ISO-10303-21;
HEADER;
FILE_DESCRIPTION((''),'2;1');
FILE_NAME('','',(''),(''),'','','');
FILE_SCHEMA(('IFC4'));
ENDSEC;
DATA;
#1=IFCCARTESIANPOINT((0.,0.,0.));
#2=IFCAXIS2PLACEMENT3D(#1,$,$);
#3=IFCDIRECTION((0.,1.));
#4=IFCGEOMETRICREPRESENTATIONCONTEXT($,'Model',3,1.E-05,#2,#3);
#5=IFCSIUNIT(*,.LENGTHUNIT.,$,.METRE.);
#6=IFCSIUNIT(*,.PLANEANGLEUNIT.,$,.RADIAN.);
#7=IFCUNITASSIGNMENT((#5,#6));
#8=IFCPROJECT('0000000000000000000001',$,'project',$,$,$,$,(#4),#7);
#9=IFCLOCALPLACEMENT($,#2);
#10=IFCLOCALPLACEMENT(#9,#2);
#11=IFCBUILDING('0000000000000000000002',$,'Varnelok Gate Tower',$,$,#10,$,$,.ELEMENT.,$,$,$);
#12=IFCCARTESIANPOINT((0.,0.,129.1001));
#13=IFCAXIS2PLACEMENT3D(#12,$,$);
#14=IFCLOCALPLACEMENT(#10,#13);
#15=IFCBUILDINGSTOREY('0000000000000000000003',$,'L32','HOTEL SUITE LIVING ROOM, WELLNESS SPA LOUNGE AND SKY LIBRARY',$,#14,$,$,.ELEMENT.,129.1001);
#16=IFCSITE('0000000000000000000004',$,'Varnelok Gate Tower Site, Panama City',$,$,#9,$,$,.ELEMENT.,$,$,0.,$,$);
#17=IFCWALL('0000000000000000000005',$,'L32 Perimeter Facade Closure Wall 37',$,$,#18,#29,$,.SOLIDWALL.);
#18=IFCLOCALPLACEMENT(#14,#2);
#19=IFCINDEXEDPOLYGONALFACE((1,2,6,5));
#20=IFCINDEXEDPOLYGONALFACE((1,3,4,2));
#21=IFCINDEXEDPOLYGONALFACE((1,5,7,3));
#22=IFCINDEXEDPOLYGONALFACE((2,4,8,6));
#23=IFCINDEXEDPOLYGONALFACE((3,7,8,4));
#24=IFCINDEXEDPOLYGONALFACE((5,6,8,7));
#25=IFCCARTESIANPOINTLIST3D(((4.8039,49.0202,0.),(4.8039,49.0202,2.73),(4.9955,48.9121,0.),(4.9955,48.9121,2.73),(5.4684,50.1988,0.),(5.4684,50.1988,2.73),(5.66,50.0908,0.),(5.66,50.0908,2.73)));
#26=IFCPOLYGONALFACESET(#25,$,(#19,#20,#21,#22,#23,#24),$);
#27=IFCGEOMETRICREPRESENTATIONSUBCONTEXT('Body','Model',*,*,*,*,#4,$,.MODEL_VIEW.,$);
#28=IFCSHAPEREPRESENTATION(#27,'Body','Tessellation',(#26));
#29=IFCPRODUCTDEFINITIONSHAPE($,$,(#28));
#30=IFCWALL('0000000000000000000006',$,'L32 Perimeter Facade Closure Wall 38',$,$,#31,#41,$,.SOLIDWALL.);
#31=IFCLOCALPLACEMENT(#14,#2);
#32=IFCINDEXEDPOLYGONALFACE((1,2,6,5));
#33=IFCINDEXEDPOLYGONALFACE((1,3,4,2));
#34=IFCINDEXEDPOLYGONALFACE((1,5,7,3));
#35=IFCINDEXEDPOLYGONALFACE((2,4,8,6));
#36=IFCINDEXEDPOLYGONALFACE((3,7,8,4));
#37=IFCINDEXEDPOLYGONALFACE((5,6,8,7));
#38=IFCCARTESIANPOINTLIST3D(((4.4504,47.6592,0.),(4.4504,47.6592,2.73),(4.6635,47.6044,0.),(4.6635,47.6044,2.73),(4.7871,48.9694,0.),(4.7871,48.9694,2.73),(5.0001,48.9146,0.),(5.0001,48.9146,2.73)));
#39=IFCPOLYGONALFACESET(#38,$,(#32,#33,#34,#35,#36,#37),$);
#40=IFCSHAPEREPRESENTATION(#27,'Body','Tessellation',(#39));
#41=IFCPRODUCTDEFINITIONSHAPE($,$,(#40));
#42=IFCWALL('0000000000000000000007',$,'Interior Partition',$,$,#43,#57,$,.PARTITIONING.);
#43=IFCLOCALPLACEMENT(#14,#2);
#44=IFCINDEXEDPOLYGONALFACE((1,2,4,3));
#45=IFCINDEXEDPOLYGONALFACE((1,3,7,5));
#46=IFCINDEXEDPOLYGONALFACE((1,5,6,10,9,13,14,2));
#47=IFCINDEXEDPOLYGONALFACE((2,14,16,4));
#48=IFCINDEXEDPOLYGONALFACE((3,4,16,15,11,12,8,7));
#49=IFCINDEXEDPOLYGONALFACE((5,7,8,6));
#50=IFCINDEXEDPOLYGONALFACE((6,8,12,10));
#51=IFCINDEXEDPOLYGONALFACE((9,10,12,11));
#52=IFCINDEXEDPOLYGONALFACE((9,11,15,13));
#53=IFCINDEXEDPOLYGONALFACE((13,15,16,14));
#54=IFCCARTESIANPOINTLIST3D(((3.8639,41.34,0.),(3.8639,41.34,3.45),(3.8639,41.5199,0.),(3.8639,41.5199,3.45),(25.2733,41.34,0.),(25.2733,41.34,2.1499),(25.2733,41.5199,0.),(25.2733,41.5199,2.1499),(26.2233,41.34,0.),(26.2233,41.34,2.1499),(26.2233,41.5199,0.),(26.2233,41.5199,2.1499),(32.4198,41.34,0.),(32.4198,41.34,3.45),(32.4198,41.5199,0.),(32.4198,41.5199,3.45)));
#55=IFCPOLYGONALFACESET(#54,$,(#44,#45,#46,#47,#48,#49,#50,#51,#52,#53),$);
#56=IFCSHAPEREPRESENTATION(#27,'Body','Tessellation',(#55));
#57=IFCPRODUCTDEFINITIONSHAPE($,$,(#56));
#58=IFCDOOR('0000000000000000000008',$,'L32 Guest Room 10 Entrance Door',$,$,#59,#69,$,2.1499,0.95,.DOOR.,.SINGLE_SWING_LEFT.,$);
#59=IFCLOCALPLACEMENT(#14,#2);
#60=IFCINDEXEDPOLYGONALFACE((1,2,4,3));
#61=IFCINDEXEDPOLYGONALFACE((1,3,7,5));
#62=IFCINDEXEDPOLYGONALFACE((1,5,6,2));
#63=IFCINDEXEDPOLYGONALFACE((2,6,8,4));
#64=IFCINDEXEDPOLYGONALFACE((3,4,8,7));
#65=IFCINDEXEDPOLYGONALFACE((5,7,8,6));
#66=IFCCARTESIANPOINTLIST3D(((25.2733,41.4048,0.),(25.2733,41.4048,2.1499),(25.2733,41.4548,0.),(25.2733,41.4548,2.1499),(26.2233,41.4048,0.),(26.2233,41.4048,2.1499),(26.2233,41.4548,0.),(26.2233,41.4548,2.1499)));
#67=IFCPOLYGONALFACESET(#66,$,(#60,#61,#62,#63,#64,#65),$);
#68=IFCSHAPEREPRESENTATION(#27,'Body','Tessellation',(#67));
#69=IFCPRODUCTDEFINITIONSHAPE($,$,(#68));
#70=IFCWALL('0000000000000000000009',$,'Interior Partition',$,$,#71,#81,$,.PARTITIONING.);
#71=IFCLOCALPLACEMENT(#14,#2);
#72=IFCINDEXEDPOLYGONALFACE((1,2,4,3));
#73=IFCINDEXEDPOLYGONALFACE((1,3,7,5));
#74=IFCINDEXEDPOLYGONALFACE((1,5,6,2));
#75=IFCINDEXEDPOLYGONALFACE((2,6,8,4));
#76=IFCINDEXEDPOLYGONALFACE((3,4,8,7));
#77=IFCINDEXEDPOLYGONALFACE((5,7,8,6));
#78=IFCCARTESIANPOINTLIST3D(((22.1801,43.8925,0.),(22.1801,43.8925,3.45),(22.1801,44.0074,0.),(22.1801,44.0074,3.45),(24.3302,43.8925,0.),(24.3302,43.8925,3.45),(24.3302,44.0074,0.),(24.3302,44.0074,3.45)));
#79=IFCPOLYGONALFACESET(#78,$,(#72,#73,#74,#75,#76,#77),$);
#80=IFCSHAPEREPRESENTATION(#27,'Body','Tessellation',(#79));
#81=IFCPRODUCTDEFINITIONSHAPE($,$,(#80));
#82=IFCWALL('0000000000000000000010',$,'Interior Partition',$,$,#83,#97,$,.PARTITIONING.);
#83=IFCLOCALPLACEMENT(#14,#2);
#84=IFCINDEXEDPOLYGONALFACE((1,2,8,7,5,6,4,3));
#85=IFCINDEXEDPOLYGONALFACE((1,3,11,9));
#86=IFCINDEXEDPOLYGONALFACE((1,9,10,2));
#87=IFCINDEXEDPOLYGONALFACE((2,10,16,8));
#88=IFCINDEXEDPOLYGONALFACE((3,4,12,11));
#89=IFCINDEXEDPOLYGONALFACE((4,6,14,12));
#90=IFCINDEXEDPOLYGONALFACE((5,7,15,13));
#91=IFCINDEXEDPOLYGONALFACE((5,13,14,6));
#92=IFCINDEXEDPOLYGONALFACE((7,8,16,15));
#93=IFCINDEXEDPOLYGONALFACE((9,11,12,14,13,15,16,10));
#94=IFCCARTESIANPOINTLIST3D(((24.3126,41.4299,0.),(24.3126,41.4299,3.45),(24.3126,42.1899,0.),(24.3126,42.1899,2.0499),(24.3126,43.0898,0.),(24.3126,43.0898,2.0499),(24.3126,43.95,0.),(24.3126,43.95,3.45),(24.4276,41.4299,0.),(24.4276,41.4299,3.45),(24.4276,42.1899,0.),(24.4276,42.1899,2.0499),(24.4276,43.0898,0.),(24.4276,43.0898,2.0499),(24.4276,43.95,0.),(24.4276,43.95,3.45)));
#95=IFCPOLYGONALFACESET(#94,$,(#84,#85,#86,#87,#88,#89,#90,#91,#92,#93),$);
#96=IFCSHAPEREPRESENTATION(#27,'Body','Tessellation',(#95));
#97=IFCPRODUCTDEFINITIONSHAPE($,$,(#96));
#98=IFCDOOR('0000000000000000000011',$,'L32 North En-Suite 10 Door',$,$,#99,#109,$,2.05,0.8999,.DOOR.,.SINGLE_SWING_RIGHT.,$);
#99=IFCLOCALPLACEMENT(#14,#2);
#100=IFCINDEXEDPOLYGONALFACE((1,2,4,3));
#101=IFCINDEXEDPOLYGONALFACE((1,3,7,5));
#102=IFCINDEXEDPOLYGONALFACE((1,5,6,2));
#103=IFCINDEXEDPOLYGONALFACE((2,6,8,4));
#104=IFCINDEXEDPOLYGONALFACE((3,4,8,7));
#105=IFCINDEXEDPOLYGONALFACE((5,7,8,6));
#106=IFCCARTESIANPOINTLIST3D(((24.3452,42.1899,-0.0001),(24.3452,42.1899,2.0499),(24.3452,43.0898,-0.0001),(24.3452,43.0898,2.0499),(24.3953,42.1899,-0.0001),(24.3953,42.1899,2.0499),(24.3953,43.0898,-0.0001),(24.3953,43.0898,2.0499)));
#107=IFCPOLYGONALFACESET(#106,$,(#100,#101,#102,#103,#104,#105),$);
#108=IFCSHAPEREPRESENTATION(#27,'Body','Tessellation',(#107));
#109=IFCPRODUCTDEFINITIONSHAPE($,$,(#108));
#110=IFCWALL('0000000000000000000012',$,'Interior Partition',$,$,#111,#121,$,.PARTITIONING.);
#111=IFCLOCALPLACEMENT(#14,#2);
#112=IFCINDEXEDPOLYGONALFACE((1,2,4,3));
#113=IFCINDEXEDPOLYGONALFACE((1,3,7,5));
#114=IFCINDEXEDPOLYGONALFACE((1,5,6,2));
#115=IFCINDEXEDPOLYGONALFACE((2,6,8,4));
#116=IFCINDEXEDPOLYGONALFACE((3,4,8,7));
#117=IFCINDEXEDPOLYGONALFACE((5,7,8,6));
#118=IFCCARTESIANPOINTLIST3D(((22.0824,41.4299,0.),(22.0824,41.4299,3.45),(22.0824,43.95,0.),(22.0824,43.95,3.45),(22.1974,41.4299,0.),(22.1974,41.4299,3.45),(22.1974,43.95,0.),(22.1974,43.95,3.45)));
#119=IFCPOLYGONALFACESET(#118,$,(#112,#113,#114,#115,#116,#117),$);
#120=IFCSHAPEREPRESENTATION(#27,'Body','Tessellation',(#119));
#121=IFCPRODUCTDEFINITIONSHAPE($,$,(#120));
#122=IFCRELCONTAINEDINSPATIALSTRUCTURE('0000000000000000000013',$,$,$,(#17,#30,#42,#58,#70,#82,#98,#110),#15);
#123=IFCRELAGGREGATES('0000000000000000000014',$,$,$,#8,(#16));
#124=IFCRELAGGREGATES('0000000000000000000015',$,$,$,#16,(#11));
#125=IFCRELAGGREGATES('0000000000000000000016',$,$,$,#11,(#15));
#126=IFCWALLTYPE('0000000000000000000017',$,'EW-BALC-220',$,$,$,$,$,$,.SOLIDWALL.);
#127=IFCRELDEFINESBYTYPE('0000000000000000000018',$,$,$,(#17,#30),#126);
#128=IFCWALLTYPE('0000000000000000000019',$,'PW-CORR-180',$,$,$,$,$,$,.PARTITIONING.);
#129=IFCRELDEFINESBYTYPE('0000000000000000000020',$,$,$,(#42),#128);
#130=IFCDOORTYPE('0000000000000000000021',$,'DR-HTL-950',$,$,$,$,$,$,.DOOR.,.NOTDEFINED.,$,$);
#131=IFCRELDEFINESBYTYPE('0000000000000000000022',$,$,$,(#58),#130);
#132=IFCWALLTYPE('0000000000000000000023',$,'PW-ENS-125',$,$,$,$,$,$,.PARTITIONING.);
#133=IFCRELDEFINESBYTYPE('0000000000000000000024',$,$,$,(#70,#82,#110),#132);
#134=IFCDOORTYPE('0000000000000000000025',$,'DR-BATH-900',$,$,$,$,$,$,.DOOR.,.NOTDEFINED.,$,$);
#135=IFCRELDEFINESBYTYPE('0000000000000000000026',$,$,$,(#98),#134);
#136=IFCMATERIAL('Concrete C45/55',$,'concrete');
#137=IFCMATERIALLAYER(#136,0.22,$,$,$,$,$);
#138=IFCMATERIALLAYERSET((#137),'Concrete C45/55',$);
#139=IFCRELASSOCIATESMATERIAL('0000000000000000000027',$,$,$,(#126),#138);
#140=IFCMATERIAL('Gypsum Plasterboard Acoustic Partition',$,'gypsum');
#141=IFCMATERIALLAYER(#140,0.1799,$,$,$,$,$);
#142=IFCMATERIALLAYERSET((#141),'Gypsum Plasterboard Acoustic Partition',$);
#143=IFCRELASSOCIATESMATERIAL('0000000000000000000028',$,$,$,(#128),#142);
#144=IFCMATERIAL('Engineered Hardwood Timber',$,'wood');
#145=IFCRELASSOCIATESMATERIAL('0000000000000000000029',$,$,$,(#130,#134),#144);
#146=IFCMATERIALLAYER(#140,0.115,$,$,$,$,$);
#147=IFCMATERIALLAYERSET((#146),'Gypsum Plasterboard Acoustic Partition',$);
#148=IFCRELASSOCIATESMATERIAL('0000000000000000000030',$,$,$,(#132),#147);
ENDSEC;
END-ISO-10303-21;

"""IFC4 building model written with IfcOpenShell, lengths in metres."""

from ifc_helpers import new_model, si_unit, direction, frame, frame_2d, origin, place, context, subcontext, project, spatial, rectangle, extrude, material, layer, layer_set, type_object, element, fill, save


model = new_model("IFC4")

# Units and contexts
model_context = context("Model", 3, precision=1e-05, world=origin(), true_north=direction((0.0, 1.0)))
body_context = subcontext(model_context, "Body", "Model", "MODEL_VIEW")
ifc_project = project(units=[si_unit("LENGTHUNIT", "METRE"), si_unit("PLANEANGLEUNIT", "RADIAN")], contexts=[model_context])

# Site, building, storey
site_placement = place(None, origin())
site = spatial("IfcSite", under=ifc_project, at=site_placement, Name="Varnelok Gate Tower Site, Panama City", CompositionType="ELEMENT", RefElevation=0.0)
building_placement = place(site_placement, origin())
building = spatial("IfcBuilding", under=site, at=building_placement, Name="Varnelok Gate Tower", CompositionType="ELEMENT")
storey_placement = place(building_placement, frame((0.0, 0.0, 129.1001)))
storey = spatial("IfcBuildingStorey", under=building, at=storey_placement, Name="L32", Description="HOTEL SUITE LIVING ROOM, WELLNESS SPA LOUNGE AND SKY LIBRARY", CompositionType="ELEMENT", Elevation=129.1001)

# Walls
ifc_material_1 = material(Name="Concrete C45/55", Category="concrete")
ifc_layer_1 = layer(ifc_material_1, 0.22)
ifc_layer_set_1 = layer_set([ifc_layer_1], Name="Concrete C45/55")
wall_type_1 = type_object("IfcWallType", Name="EW-BALC-220", PredefinedType="SOLIDWALL", material=ifc_layer_set_1)
wall_1_placement = place(storey_placement, frame((5.5642, 50.1448, 0.0), z_axis=(0.0, 0.0, 1.0), x_axis=(-0.491118, -0.871093, 0.0)))
element("IfcWall", 1, at=wall_1_placement, inside=storey, type_object=wall_type_1, Name="L32 Perimeter Facade Closure Wall 37", PredefinedType="SOLIDWALL", context=body_context, shape_type="SweptSolid", body=[
    extrude(rectangle(XDim=1.353, YDim=0.22, at=frame_2d((0.6765, 0.0))), origin(), (0.0, 0.0, 1.0), 2.73),
])
wall_2_placement = place(storey_placement, frame((4.8936, 48.9419, 0.0), z_axis=(0.0, 0.0, 1.0), x_axis=(-0.248857, -0.96854, 0.0)))
element("IfcWall", 2, at=wall_2_placement, inside=storey, type_object=wall_type_1, Name="L32 Perimeter Facade Closure Wall 38", PredefinedType="SOLIDWALL", context=body_context, shape_type="SweptSolid", body=[
    extrude(rectangle(XDim=1.3528, YDim=0.22, at=frame_2d((0.6763, 0.0))), origin(), (0.0, 0.0, 1.0), 2.73),
])

# Wall, opening, door
ifc_material_2 = material(Name="Gypsum Plasterboard Acoustic Partition", Category="gypsum")
ifc_layer_2 = layer(ifc_material_2, 0.1799)
ifc_layer_set_2 = layer_set([ifc_layer_2], Name="Gypsum Plasterboard Acoustic Partition")
wall_type_2 = type_object("IfcWallType", Name="PW-CORR-180", PredefinedType="PARTITIONING", material=ifc_layer_set_2)
wall_3_placement = place(storey_placement, frame((3.864, 41.4299, 0.0), z_axis=(0.0, 0.0, 1.0), x_axis=(1.0, 0.0, 0.0)))
wall_3 = element("IfcWall", 3, at=wall_3_placement, inside=storey, type_object=wall_type_2, Name="Interior Partition", PredefinedType="PARTITIONING", context=body_context, shape_type="SweptSolid", body=[
    extrude(rectangle(XDim=28.5559, YDim=0.1799, at=frame_2d((14.2778, 0.0))), origin(), (0.0, 0.0, 1.0), 3.45),
])
opening_1_placement = place(wall_3_placement, frame((21.4092, 0.0, 0.0)))
opening_1 = element("IfcOpeningElement", 4, at=opening_1_placement, cuts=wall_3, PredefinedType="OPENING", context=body_context, shape_type="SweptSolid", body=[
    extrude(rectangle(XDim=0.95, YDim=2.1499, at=frame_2d((0.4751, 1.075))), frame((0.0, 0.0999, 0.0), z_axis=(0.0, -1.0, 0.0), x_axis=(1.0, 0.0, 0.0)), (0.0, 0.0, 1.0), 0.2),
])
ifc_material_3 = material(Name="Engineered Hardwood Timber", Category="wood")
door_type_1 = type_object("IfcDoorType", Name="DR-HTL-950", OperationType="NOTDEFINED", PredefinedType="DOOR", material=ifc_material_3)
door_1_placement = place(opening_1_placement, origin())
door_1 = element("IfcDoor", 5, at=door_1_placement, inside=storey, type_object=door_type_1, Name="L32 Guest Room 10 Entrance Door", OperationType="SINGLE_SWING_LEFT", OverallHeight=2.1499, OverallWidth=0.95, PredefinedType="DOOR", context=body_context, shape_type="SweptSolid", body=[
    extrude(rectangle(XDim=0.95, YDim=2.1499, at=frame_2d((0.4751, 1.075))), frame((0.0, 0.0249, 0.0), z_axis=(0.0, -1.0, 0.0), x_axis=(1.0, 0.0, 0.0)), (0.0, 0.0, 1.0), 0.05),
])
fill(opening_1, door_1)

# Wall
ifc_layer_3 = layer(ifc_material_2, 0.115)
ifc_layer_set_3 = layer_set([ifc_layer_3], Name="Gypsum Plasterboard Acoustic Partition")
wall_type_3 = type_object("IfcWallType", Name="PW-ENS-125", PredefinedType="PARTITIONING", material=ifc_layer_set_3)
wall_4_placement = place(storey_placement, frame((22.1799, 43.95, 0.0), z_axis=(0.0, 0.0, 1.0), x_axis=(1.0, 0.0, 0.0)))
element("IfcWall", 6, at=wall_4_placement, inside=storey, type_object=wall_type_3, Name="Interior Partition", PredefinedType="PARTITIONING", context=body_context, shape_type="SweptSolid", body=[
    extrude(rectangle(XDim=2.1501, YDim=0.115, at=frame_2d((1.0752, 0.0))), origin(), (0.0, 0.0, 1.0), 3.45),
])

# Wall, opening, door
wall_5_placement = place(storey_placement, frame((24.3701, 41.4299, 0.0), z_axis=(0.0, 0.0, 1.0), x_axis=(0.0, 1.0, 0.0)))
wall_5 = element("IfcWall", 7, at=wall_5_placement, inside=storey, type_object=wall_type_3, Name="Interior Partition", PredefinedType="PARTITIONING", context=body_context, shape_type="SweptSolid", body=[
    extrude(rectangle(XDim=2.52, YDim=0.115, at=frame_2d((1.26, 0.0))), origin(), (0.0, 0.0, 1.0), 3.45),
])
opening_2_placement = place(wall_5_placement, frame((0.76, 0.0, 0.0)))
opening_2 = element("IfcOpeningElement", 8, at=opening_2_placement, cuts=wall_5, PredefinedType="OPENING", context=body_context, shape_type="SweptSolid", body=[
    extrude(rectangle(XDim=0.8999, YDim=2.05, at=frame_2d((0.45, 1.0249))), frame((0.0, 0.0674, 0.0), z_axis=(0.0, -1.0, 0.0), x_axis=(1.0, 0.0, 0.0)), (0.0, 0.0, 1.0), 0.135),
])
door_type_2 = type_object("IfcDoorType", Name="DR-BATH-900", OperationType="NOTDEFINED", PredefinedType="DOOR", material=ifc_material_3)
door_2_placement = place(opening_2_placement, origin())
door_2 = element("IfcDoor", 9, at=door_2_placement, inside=storey, type_object=door_type_2, Name="L32 North En-Suite 10 Door", OperationType="SINGLE_SWING_RIGHT", OverallHeight=2.05, OverallWidth=0.8999, PredefinedType="DOOR", context=body_context, shape_type="SweptSolid", body=[
    extrude(rectangle(XDim=0.8999, YDim=2.05, at=frame_2d((0.45, 1.0249))), frame((0.0, 0.0249, 0.0), z_axis=(0.0, -1.0, 0.0), x_axis=(1.0, 0.0, 0.0)), (0.0, 0.0, 1.0), 0.05),
])
fill(opening_2, door_2)

# Wall
wall_6_placement = place(storey_placement, frame((22.1399, 41.4299, 0.0), z_axis=(0.0, 0.0, 1.0), x_axis=(0.0, 1.0, 0.0)))
element("IfcWall", 10, at=wall_6_placement, inside=storey, type_object=wall_type_3, Name="Interior Partition", PredefinedType="PARTITIONING", context=body_context, shape_type="SweptSolid", body=[
    extrude(rectangle(XDim=2.52, YDim=0.115, at=frame_2d((1.26, 0.0))), origin(), (0.0, 0.0, 1.0), 3.45),
])

save(model, "model.ifc")
